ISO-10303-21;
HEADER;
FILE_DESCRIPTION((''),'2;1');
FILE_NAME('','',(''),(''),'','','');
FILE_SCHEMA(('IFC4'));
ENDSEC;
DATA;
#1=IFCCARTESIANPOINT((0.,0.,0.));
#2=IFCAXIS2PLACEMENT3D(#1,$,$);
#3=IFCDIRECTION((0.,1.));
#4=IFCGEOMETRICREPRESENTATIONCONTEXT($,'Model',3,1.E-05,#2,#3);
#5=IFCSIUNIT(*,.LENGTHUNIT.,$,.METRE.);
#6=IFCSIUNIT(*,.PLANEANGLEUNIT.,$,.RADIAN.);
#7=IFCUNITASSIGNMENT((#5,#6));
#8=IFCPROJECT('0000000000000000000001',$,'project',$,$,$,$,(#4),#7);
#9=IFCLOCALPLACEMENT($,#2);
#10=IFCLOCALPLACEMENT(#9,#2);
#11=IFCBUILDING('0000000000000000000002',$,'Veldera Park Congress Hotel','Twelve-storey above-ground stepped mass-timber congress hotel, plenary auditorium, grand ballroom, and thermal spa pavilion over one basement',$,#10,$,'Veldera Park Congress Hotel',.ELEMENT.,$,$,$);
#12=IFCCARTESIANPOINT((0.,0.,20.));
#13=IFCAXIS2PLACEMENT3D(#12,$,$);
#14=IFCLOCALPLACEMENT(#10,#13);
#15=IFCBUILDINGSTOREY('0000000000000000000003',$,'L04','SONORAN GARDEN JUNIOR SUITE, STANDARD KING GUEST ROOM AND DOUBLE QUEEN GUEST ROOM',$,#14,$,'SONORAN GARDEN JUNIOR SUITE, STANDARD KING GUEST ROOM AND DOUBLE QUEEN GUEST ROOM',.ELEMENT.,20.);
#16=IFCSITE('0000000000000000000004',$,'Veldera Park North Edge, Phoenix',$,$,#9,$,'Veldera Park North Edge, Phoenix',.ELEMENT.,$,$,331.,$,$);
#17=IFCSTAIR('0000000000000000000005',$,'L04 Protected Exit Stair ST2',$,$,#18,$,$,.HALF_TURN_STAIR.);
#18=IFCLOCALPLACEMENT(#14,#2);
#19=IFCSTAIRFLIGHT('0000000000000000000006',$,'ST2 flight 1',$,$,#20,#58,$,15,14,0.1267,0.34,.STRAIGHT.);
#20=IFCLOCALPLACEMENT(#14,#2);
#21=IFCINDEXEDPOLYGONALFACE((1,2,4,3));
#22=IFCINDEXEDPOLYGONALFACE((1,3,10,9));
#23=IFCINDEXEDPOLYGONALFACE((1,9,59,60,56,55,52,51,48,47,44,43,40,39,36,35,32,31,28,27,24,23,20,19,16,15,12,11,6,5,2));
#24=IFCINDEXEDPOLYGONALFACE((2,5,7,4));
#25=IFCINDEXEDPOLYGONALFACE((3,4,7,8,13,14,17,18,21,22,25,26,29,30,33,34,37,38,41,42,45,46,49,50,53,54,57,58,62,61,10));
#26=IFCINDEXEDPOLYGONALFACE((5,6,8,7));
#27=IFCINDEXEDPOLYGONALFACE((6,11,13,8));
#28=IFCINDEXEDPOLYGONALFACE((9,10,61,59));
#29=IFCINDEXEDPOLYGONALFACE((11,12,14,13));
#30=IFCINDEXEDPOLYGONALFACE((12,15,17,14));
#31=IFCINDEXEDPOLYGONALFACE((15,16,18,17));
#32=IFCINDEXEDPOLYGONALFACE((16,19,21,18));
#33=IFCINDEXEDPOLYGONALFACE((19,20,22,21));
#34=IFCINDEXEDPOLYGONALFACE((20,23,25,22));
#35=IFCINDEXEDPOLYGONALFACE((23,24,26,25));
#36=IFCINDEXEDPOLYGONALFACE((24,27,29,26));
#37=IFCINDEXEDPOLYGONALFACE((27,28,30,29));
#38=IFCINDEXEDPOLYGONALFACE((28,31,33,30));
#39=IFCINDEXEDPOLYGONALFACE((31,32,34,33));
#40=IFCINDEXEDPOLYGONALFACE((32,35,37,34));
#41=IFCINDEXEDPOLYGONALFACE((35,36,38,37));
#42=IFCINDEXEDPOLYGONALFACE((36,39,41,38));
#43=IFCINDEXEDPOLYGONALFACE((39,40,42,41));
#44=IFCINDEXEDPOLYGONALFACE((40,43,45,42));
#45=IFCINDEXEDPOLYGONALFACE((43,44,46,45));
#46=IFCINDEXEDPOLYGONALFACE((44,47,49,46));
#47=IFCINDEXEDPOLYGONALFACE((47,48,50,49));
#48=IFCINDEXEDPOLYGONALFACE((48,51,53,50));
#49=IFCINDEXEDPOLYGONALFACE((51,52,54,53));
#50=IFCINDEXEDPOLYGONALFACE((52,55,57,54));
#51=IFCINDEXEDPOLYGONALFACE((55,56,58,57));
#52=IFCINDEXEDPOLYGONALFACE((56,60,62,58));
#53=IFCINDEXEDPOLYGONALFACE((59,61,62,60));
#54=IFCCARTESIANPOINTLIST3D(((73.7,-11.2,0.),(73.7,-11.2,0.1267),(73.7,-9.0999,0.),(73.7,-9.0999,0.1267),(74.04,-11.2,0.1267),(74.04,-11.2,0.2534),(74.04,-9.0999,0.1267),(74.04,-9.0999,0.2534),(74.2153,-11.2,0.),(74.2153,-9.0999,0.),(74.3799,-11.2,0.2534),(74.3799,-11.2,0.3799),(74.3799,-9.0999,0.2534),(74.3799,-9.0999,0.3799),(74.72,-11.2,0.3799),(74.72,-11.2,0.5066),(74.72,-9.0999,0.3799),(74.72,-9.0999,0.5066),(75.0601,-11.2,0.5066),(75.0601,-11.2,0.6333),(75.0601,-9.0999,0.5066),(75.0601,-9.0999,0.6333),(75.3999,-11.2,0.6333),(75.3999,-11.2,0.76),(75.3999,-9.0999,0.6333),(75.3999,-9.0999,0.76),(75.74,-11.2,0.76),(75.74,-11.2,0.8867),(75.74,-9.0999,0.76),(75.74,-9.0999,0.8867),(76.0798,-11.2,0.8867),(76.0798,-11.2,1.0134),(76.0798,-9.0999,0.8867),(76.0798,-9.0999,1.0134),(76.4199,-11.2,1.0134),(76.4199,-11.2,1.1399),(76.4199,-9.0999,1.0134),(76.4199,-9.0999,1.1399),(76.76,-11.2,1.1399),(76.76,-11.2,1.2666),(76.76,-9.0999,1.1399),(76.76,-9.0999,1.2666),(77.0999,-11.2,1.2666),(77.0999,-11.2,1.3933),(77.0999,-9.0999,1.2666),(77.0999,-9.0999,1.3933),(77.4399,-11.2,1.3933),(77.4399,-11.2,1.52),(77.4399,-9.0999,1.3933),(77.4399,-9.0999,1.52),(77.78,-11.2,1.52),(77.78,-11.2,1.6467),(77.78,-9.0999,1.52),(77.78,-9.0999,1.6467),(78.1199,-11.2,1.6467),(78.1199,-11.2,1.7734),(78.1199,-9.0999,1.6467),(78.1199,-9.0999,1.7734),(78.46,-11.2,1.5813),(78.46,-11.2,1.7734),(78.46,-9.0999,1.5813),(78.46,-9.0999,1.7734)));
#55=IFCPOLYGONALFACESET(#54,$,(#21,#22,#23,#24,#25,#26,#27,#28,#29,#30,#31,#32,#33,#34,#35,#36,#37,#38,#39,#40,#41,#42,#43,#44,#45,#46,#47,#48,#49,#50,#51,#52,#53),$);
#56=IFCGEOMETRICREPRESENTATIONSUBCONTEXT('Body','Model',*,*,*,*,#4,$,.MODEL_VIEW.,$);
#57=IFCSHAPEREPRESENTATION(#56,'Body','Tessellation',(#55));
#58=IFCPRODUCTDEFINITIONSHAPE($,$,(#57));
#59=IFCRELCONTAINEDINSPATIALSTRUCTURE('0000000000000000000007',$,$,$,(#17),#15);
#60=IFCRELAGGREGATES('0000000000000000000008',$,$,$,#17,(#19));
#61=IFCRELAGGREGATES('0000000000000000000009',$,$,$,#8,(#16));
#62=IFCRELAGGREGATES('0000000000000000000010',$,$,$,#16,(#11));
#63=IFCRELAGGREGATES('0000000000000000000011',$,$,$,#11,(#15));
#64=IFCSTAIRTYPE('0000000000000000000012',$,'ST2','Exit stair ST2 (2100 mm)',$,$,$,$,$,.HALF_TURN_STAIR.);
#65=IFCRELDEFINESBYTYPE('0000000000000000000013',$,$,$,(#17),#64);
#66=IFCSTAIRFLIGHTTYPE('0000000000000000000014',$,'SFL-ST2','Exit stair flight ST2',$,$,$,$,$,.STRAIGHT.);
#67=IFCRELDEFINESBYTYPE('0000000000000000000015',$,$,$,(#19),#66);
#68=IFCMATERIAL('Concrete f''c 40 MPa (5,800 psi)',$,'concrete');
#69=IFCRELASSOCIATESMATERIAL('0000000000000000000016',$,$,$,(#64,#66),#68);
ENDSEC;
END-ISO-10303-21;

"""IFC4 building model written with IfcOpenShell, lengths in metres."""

from ifc_helpers import new_model, si_unit, direction, frame, origin, place, context, subcontext, project, spatial, polyline, outline, extrude, material, type_object, element, aggregate, save


model = new_model("IFC4")

# Units and contexts
model_context = context("Model", 3, precision=1e-05, world=origin(), true_north=direction((0.0, 1.0)))
body_context = subcontext(model_context, "Body", "Model", "MODEL_VIEW")
ifc_project = project(units=[si_unit("LENGTHUNIT", "METRE"), si_unit("PLANEANGLEUNIT", "RADIAN")], contexts=[model_context])

# Site, building, storey
site_placement = place(None, origin())
site = spatial("IfcSite", under=ifc_project, at=site_placement, Name="Veldera Park North Edge, Phoenix", LongName="Veldera Park North Edge, Phoenix", CompositionType="ELEMENT", RefElevation=331.0)
building_placement = place(site_placement, origin())
building = spatial("IfcBuilding", under=site, at=building_placement, Name="Veldera Park Congress Hotel", Description="Twelve-storey above-ground stepped mass-timber congress hotel, plenary auditorium, grand ballroom, and thermal spa pavilion over one basement", LongName="Veldera Park Congress Hotel", CompositionType="ELEMENT")
storey_placement = place(building_placement, frame((0.0, 0.0, 20.0)))
storey = spatial("IfcBuildingStorey", under=building, at=storey_placement, Name="L04", Description="SONORAN GARDEN JUNIOR SUITE, STANDARD KING GUEST ROOM AND DOUBLE QUEEN GUEST ROOM", LongName="SONORAN GARDEN JUNIOR SUITE, STANDARD KING GUEST ROOM AND DOUBLE QUEEN GUEST ROOM", CompositionType="ELEMENT", Elevation=20.0)

# Shared definitions
ifc_material_1 = material(Name="Concrete f'c 40 MPa (5,800 psi)", Category="concrete")

# Stair, stair flight
stair_type = type_object("IfcStairType", Name="ST2", Description="Exit stair ST2 (2100 mm)", PredefinedType="HALF_TURN_STAIR", material=ifc_material_1)
stair_placement = place(storey_placement, origin())
stair = element("IfcStair", 1, at=stair_placement, inside=storey, type_object=stair_type, Name="L04 Protected Exit Stair ST2", PredefinedType="HALF_TURN_STAIR")
stair_flight_type = type_object("IfcStairFlightType", Name="SFL-ST2", Description="Exit stair flight ST2", PredefinedType="STRAIGHT", material=ifc_material_1)
stair_flight_placement = place(storey_placement, frame((73.7, -10.1499, 0.0), z_axis=(0.0, 0.0, 1.0), x_axis=(1.0, 0.0, 0.0)))
stair_flight = element("IfcStairFlight", 2, at=stair_flight_placement, type_object=stair_flight_type, Name="ST2 flight 1", NumberOfRisers=15, NumberOfTreads=14, PredefinedType="STRAIGHT", RiserHeight=0.1267, TreadLength=0.34, context=body_context, shape_type="SweptSolid", body=[
    extrude(outline(polyline([(0.0, 0.0), (0.0, 0.1267), (0.3401, 0.1267), (0.3401, 0.2534), (0.6799, 0.2534), (0.6799, 0.3799), (1.02, 0.3799), (1.02, 0.5066), (1.3601, 0.5066), (1.3601, 0.6333), (1.7, 0.6333), (1.7, 0.76), (2.04, 0.76), (2.04, 0.8867), (2.3799, 0.8867), (2.3799, 1.0134), (2.72, 1.0134), (2.72, 1.1399), (3.0601, 1.1399), (3.0601, 1.2666), (3.3999, 1.2666), (3.3999, 1.3933), (3.74, 1.3933), (3.74, 1.52), (4.0801, 1.52), (4.0801, 1.6467), (4.4199, 1.6467), (4.4199, 1.7734), (4.76, 1.7734), (4.76, 1.8999), (4.76, 1.8999), (4.76, 1.5813), (0.5154, 0.0), (0.0, 0.0)])), frame((0.0, 1.05, 0.0), z_axis=(0.0, -1.0, 0.0), x_axis=(1.0, 0.0, 0.0)), (0.0, 0.0, 1.0), 2.1001),
])
aggregate(stair, [stair_flight])

save(model, "model.ifc")
